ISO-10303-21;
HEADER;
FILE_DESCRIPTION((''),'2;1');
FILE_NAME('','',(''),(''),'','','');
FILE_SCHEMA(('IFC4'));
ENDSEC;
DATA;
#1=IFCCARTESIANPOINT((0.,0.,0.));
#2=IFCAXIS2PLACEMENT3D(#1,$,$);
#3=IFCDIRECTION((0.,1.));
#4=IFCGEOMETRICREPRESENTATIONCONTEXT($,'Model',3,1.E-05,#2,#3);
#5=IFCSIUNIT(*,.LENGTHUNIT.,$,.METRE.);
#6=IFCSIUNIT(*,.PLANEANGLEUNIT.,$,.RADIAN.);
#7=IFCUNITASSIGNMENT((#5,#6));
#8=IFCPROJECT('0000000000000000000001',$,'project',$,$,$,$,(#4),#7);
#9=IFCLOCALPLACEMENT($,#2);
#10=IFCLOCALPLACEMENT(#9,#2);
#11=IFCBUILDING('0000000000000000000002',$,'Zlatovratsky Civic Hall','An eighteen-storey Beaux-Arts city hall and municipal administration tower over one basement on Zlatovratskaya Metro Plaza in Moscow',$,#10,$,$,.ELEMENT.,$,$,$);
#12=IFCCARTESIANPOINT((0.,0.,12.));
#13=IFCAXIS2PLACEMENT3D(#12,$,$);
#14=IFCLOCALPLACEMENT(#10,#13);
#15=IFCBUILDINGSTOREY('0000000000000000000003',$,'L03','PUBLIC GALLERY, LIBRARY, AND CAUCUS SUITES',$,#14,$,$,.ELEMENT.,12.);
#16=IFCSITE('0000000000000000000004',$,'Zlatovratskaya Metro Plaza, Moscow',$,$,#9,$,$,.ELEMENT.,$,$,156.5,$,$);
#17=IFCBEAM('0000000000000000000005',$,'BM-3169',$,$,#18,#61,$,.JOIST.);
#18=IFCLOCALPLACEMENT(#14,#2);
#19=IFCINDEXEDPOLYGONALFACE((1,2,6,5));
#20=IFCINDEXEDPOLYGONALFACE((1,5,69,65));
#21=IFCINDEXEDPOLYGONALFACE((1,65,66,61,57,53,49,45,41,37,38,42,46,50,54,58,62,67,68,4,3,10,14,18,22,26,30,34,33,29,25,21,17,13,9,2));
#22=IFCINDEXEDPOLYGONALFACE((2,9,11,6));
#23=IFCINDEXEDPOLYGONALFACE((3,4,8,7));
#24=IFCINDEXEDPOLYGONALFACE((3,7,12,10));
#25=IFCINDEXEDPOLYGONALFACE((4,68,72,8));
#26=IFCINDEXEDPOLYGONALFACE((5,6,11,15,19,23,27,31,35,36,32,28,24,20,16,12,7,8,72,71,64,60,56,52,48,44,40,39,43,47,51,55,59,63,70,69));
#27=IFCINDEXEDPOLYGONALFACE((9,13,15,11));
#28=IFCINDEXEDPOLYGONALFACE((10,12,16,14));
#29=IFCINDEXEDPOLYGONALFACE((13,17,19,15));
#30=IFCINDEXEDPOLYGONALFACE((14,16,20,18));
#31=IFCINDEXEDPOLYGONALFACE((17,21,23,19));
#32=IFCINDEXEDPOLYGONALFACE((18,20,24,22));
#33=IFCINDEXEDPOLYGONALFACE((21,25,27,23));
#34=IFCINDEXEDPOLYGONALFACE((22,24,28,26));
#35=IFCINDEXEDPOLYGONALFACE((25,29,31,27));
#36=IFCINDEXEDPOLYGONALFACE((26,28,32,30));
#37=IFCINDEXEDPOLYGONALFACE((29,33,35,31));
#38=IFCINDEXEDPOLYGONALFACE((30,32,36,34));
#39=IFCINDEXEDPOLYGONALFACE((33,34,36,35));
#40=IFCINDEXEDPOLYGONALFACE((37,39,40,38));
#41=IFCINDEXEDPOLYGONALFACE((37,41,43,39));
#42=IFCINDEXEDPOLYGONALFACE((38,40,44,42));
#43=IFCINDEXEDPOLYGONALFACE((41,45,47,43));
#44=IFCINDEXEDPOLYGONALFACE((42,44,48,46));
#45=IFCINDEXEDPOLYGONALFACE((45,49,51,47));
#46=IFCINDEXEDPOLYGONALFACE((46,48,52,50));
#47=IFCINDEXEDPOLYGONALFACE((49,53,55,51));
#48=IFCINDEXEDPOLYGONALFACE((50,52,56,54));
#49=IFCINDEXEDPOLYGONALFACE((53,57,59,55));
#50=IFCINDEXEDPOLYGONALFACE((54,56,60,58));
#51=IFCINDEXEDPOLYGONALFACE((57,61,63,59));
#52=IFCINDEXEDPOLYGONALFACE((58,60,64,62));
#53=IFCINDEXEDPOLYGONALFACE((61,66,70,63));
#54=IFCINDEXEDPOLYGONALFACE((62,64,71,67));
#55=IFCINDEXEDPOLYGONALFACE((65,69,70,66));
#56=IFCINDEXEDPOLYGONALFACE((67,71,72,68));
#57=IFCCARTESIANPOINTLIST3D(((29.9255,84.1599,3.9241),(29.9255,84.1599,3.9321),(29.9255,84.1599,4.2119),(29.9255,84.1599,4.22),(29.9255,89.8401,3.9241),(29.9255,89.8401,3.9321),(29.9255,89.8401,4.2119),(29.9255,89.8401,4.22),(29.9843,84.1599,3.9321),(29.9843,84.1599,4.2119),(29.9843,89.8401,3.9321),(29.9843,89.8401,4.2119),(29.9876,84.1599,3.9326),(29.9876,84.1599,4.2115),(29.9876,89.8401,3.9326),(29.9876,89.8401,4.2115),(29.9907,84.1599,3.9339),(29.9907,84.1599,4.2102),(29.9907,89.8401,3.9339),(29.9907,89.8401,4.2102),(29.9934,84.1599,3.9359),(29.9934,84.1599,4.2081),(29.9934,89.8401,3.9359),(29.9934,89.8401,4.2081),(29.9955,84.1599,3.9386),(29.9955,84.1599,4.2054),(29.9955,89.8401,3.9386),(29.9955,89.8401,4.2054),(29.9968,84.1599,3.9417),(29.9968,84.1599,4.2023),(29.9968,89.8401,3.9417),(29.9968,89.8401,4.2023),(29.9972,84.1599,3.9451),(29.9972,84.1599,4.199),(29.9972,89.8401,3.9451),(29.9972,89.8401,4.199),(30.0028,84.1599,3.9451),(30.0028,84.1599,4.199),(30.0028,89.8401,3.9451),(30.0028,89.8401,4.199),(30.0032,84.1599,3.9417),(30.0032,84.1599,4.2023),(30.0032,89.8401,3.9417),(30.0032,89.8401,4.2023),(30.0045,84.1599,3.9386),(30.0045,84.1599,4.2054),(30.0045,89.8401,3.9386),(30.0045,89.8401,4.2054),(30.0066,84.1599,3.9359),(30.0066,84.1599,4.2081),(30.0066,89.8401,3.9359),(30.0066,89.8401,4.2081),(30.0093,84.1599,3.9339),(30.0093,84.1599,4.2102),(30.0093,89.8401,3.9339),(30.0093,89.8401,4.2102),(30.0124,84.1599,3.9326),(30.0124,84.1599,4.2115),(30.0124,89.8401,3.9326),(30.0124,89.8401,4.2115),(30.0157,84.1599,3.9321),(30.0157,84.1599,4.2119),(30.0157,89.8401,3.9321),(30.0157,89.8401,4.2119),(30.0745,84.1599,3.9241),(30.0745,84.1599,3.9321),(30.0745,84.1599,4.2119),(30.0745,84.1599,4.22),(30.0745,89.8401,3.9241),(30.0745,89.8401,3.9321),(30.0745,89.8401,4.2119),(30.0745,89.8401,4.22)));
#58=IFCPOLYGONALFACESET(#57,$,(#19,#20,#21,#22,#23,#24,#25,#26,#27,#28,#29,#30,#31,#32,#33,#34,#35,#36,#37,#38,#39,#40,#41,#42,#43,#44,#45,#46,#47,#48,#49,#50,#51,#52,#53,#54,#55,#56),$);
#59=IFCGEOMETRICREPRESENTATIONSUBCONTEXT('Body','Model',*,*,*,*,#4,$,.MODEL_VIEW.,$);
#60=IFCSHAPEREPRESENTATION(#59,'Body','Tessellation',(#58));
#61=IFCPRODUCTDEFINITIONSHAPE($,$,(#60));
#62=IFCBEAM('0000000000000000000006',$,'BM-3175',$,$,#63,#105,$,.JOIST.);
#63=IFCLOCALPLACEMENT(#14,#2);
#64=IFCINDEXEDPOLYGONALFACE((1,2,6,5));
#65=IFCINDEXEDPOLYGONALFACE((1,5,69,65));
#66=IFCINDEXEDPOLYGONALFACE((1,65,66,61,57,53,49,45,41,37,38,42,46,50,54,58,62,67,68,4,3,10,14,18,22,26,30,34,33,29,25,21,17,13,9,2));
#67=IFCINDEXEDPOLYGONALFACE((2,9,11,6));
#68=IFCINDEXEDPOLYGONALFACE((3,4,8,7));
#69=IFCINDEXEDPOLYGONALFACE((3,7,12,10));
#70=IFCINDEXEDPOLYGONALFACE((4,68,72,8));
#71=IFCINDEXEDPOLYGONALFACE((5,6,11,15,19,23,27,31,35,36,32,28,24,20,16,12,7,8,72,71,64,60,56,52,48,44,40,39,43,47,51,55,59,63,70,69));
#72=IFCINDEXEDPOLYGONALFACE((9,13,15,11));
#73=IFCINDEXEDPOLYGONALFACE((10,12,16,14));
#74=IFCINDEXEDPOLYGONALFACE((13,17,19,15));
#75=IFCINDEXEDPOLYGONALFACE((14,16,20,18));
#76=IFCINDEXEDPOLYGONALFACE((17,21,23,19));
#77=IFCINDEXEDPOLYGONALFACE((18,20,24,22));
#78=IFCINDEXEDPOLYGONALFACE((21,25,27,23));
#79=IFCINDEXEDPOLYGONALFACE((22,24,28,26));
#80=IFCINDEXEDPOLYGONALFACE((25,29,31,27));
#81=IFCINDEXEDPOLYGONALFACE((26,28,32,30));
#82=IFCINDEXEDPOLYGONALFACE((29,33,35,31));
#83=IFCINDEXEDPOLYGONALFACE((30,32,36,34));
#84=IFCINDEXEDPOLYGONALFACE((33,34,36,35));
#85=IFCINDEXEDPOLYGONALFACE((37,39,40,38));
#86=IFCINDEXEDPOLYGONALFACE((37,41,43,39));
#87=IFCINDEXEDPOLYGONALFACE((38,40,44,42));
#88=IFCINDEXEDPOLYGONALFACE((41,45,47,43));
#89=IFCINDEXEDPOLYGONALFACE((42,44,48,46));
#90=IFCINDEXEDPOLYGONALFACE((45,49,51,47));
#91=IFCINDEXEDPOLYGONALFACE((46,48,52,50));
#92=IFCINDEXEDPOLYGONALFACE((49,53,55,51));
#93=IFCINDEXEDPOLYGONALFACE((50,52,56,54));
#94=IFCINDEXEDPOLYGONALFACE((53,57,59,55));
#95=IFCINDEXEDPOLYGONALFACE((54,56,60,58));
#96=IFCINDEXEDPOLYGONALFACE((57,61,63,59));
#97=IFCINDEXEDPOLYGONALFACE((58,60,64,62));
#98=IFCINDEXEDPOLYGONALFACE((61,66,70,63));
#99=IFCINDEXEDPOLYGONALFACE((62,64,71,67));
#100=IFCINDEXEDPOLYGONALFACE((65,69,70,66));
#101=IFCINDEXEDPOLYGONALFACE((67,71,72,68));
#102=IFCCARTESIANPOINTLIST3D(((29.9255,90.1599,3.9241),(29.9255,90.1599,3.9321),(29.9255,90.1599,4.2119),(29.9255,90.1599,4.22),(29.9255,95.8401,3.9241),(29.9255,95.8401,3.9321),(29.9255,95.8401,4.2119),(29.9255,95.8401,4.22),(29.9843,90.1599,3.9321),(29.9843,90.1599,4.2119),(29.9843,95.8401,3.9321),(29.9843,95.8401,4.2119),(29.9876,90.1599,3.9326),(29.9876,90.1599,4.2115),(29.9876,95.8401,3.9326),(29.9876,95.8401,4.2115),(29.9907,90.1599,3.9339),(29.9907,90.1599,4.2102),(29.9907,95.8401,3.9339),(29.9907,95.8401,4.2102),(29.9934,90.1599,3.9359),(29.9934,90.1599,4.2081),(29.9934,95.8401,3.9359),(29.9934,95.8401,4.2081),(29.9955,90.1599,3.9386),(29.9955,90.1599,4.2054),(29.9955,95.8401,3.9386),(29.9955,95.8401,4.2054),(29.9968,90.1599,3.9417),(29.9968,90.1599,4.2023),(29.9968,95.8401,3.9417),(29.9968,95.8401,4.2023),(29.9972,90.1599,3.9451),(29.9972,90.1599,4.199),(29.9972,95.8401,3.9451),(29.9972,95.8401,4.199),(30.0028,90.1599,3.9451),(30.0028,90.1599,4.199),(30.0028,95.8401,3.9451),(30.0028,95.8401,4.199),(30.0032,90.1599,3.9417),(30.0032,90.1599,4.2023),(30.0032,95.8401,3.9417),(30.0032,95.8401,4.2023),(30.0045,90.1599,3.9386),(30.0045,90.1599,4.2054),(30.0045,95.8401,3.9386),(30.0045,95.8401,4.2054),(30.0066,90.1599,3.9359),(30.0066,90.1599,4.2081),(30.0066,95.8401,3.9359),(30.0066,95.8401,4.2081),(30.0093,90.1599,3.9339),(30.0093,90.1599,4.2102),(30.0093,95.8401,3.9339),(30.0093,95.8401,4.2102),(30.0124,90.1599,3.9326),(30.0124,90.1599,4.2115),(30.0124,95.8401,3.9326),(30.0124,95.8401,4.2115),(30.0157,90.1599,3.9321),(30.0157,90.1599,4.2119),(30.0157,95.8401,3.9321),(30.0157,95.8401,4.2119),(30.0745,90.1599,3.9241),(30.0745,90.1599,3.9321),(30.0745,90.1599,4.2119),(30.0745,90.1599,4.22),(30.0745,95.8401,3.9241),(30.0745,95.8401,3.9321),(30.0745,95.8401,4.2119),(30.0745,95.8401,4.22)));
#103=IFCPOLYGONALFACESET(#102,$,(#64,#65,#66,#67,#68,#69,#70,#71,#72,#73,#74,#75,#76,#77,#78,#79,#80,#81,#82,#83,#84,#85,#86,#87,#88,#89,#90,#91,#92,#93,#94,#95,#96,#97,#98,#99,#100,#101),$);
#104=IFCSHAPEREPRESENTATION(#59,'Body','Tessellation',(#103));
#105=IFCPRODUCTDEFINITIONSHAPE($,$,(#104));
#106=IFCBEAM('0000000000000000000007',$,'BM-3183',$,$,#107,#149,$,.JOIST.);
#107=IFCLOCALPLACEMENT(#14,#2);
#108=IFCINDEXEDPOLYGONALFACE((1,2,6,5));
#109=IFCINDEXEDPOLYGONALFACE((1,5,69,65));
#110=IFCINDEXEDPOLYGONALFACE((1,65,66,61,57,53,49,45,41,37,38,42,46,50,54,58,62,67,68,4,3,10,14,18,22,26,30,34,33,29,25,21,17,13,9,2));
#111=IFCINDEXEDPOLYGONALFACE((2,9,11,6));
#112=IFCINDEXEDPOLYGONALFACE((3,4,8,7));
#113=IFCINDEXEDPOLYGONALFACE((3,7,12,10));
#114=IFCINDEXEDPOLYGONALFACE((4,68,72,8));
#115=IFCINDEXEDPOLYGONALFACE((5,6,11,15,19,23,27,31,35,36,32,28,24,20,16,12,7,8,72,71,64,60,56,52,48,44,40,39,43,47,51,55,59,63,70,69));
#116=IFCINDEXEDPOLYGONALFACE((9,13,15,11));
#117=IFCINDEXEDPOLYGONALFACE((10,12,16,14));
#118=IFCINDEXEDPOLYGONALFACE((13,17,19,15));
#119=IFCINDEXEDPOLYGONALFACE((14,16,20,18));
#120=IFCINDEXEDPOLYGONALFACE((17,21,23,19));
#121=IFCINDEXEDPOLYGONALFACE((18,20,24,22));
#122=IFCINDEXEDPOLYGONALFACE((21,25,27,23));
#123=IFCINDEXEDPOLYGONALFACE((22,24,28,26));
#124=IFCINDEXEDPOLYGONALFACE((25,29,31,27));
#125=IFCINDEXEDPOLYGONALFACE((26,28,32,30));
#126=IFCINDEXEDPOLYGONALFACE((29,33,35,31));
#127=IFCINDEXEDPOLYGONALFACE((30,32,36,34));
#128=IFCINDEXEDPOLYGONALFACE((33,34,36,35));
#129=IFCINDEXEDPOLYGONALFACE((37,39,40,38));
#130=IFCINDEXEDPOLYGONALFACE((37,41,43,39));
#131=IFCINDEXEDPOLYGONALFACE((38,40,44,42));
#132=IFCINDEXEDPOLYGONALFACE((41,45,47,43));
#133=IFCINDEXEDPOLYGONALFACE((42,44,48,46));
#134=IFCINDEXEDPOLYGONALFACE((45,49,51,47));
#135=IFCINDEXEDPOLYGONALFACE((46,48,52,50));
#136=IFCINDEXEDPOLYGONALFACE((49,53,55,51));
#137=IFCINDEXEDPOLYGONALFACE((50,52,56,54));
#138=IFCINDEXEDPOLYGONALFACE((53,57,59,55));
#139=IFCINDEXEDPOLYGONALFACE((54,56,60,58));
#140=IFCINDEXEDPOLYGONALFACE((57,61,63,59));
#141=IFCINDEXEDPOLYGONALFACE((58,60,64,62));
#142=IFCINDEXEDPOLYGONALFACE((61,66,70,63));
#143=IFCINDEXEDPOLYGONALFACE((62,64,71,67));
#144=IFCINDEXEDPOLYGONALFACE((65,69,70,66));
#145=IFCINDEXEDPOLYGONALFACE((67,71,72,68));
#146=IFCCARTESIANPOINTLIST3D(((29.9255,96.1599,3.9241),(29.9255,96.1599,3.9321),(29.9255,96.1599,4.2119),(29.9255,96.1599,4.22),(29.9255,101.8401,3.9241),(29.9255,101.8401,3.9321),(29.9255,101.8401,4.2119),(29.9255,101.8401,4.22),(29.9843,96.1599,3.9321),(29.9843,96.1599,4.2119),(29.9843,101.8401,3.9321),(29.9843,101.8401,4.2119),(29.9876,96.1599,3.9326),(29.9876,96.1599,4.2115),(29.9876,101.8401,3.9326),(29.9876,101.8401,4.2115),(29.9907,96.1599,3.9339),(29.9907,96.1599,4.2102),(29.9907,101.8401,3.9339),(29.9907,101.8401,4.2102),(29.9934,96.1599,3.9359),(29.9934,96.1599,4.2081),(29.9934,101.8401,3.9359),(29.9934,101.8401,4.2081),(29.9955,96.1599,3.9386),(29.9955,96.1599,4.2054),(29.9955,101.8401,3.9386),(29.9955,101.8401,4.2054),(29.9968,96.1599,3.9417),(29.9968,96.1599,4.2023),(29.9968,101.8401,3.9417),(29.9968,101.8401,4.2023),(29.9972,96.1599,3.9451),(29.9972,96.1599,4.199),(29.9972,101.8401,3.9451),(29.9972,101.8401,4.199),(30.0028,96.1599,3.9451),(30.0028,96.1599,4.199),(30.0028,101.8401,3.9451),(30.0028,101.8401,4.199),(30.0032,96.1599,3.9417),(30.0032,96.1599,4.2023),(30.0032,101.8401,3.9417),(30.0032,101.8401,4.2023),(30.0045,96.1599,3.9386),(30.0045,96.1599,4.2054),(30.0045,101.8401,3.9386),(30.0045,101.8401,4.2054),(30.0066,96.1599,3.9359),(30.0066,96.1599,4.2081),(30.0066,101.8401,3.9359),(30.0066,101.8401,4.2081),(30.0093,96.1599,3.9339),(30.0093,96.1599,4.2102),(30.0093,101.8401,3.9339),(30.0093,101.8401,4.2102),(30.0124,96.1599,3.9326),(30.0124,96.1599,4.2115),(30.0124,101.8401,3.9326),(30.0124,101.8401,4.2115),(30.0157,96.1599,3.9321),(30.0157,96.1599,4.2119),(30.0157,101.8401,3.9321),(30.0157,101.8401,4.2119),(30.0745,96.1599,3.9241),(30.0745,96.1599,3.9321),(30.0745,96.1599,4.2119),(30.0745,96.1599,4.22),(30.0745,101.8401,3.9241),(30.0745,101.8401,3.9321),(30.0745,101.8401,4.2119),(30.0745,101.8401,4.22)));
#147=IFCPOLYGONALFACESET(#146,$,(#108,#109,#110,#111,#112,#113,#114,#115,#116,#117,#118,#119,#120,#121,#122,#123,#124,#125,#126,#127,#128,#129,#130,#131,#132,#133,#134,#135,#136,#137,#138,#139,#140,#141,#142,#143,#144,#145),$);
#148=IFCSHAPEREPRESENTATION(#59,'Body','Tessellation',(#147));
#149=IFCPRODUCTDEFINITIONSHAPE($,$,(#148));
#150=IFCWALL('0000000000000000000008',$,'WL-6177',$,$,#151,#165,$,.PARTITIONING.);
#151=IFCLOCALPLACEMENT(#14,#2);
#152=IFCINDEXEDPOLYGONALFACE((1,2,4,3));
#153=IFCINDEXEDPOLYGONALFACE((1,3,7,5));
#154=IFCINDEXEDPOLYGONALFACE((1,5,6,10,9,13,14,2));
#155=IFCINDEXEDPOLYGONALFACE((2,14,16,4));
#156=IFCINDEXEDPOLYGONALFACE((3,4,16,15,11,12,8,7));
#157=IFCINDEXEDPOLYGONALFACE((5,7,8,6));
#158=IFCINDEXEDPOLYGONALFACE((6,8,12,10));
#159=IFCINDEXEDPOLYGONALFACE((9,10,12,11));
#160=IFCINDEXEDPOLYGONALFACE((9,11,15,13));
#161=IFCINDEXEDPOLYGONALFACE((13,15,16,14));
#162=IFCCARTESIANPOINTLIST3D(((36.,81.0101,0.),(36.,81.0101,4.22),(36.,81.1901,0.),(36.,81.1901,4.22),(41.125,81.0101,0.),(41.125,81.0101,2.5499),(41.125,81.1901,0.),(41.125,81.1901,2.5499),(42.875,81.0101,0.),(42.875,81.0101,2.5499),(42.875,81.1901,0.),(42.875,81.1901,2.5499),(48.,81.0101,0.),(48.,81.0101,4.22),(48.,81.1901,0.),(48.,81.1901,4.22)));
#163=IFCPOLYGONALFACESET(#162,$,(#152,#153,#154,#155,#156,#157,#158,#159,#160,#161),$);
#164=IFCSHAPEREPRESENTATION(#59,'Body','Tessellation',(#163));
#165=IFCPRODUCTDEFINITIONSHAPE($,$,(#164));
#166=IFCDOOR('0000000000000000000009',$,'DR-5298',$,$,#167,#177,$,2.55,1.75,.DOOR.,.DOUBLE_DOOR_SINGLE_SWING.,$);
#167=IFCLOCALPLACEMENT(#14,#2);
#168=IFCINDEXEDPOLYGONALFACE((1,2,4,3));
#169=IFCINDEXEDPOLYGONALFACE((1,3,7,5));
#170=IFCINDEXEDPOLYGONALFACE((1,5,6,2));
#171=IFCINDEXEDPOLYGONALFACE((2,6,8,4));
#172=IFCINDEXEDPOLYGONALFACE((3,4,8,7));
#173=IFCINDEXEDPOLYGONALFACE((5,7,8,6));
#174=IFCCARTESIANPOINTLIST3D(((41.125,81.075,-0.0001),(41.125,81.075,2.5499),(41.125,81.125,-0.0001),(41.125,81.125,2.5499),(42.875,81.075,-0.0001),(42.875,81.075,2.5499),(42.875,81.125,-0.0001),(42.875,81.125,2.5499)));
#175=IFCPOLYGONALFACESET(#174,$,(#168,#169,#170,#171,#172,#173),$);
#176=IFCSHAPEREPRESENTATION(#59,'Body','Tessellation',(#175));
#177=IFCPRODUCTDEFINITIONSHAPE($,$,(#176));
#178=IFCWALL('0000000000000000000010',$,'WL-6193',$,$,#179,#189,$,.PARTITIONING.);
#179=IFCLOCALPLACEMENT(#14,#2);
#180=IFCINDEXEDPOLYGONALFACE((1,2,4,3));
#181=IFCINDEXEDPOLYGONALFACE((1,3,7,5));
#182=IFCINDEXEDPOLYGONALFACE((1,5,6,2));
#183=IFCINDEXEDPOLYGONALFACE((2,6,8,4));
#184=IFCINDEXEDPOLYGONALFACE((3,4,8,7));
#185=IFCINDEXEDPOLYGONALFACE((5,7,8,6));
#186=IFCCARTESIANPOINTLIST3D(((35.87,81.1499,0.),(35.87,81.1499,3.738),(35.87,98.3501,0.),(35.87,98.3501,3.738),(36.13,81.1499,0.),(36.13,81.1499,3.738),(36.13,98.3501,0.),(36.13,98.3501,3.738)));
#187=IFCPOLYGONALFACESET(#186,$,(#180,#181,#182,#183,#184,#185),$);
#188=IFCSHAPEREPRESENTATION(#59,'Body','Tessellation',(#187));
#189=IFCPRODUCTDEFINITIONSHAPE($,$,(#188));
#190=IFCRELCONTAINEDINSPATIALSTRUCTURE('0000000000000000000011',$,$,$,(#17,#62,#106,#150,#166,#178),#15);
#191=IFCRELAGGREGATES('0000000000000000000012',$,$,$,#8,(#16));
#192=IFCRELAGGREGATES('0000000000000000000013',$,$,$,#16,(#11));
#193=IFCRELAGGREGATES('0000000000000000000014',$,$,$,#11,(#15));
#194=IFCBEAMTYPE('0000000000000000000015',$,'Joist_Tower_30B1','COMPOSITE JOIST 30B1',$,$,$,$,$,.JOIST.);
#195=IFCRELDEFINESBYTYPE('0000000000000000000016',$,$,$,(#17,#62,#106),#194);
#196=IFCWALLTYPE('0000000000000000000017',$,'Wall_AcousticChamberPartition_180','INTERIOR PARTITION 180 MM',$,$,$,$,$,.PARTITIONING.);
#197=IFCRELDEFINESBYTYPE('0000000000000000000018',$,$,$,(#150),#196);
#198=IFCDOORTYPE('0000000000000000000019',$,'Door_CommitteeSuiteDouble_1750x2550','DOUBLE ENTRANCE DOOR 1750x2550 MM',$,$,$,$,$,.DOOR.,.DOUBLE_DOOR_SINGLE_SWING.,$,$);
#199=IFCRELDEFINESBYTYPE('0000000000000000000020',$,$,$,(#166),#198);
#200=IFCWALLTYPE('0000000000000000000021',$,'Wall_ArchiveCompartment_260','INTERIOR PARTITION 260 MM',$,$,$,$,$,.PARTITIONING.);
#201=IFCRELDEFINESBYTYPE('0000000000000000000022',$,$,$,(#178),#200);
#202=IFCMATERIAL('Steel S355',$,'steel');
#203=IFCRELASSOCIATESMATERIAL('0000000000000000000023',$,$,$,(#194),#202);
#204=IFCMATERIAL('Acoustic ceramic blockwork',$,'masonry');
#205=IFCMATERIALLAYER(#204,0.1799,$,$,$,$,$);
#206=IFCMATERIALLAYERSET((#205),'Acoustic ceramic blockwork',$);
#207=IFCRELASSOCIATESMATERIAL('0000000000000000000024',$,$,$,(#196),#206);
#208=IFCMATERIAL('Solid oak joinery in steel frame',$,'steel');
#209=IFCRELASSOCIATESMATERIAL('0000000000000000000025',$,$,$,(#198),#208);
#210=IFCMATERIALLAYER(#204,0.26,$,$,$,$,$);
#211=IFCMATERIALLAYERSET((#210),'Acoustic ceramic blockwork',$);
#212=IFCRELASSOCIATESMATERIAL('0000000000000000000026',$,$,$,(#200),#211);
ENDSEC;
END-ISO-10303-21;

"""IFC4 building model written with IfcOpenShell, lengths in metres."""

from ifc_helpers import new_model, si_unit, direction, frame, frame_2d, origin, origin_2d, place, context, subcontext, project, spatial, rectangle, i_section, extrude, material, layer, layer_set, material_profile, profile_set, type_object, element, fill, save


model = new_model("IFC4")

# Units and contexts
model_context = context("Model", 3, precision=1e-05, world=origin(), true_north=direction((0.0, 1.0)))
body_context = subcontext(model_context, "Body", "Model", "MODEL_VIEW")
ifc_project = project(units=[si_unit("LENGTHUNIT", "METRE"), si_unit("PLANEANGLEUNIT", "RADIAN")], contexts=[model_context])

# Site, building, storey
site_placement = place(None, origin())
site = spatial("IfcSite", under=ifc_project, at=site_placement, Name="Zlatovratskaya Metro Plaza, Moscow", CompositionType="ELEMENT", RefElevation=156.5)
building_placement = place(site_placement, origin())
building = spatial("IfcBuilding", under=site, at=building_placement, Name="Zlatovratsky Civic Hall", Description="An eighteen-storey Beaux-Arts city hall and municipal administration tower over one basement on Zlatovratskaya Metro Plaza in Moscow", CompositionType="ELEMENT")
storey_placement = place(building_placement, frame((0.0, 0.0, 12.0)))
storey = spatial("IfcBuildingStorey", under=building, at=storey_placement, Name="L03", Description="PUBLIC GALLERY, LIBRARY, AND CAUCUS SUITES", CompositionType="ELEMENT", Elevation=12.0)

# Shared definitions
ifc_material_1 = material(Name="Steel S355", Category="steel")

# Beams
ifc_material_profile_1 = material_profile(ifc_material_1, i_section(OverallWidth=0.1489, OverallDepth=0.2959, WebThickness=0.0056, FlangeThickness=0.0081, FilletRadius=0.0129, at=origin_2d()), Name="30B1")
ifc_profile_set_1 = profile_set([ifc_material_profile_1], Name="Steel S355")
beam_type_1 = type_object("IfcBeamType", Name="Joist_Tower_30B1", Description="COMPOSITE JOIST 30B1", PredefinedType="JOIST", material=ifc_profile_set_1)
for number, where, z_axis, x_axis, name in (
    (1, (30.0, 84.1599, 4.072), (0.0, 1.0, 0.0), (-1.0, 0.0, 0.0), "BM-3169"),
    (2, (30.0, 90.1599, 4.072), (0.0, 1.0, 0.0), (-1.0, 0.0, 0.0), "BM-3175"),
    (3, (30.0, 96.1599, 4.072), (0.0, 1.0, 0.0), (-1.0, 0.0, 0.0), "BM-3183"),
):
    element("IfcBeam", number, at=place(storey_placement, frame(where, z_axis=z_axis, x_axis=x_axis)), inside=storey, type_object=beam_type_1, Name=name, PredefinedType="JOIST", context=body_context, shape_type="SweptSolid", body=[
        extrude(i_section(OverallWidth=0.1489, OverallDepth=0.2959, WebThickness=0.0056, FlangeThickness=0.0081, FilletRadius=0.0129, at=origin_2d()), origin(), (0.0, 0.0, 1.0), 5.6802),
    ])

# Wall, opening, door
ifc_material_2 = material(Name="Acoustic ceramic blockwork", Category="masonry")
ifc_layer_1 = layer(ifc_material_2, 0.1799)
ifc_layer_set_1 = layer_set([ifc_layer_1], Name="Acoustic ceramic blockwork")
wall_type_1 = type_object("IfcWallType", Name="Wall_AcousticChamberPartition_180", Description="INTERIOR PARTITION 180 MM", PredefinedType="PARTITIONING", material=ifc_layer_set_1)
wall_1_placement = place(storey_placement, frame((36.0, 81.1001, 0.0), z_axis=(0.0, 0.0, 1.0), x_axis=(1.0, 0.0, 0.0)))
wall_1 = element("IfcWall", 4, at=wall_1_placement, inside=storey, type_object=wall_type_1, Name="WL-6177", PredefinedType="PARTITIONING", context=body_context, shape_type="SweptSolid", body=[
    extrude(rectangle(XDim=12.0, YDim=0.1799, at=frame_2d((6.0, 0.0))), origin(), (0.0, 0.0, 1.0), 4.22),
])
opening_placement = place(wall_1_placement, frame((5.125, 0.0, 0.0)))
opening = element("IfcOpeningElement", 5, at=opening_placement, cuts=wall_1, PredefinedType="OPENING", context=body_context, shape_type="SweptSolid", body=[
    extrude(rectangle(XDim=1.75, YDim=2.55, at=frame_2d((0.875, 1.2749))), frame((0.0, 0.105, 0.0), z_axis=(0.0, -1.0, 0.0), x_axis=(1.0, 0.0, 0.0)), (0.0, 0.0, 1.0), 0.2097),
])
ifc_material_3 = material(Name="Solid oak joinery in steel frame", Category="steel")
door_type = type_object("IfcDoorType", Name="Door_CommitteeSuiteDouble_1750x2550", Description="DOUBLE ENTRANCE DOOR 1750x2550 MM", OperationType="DOUBLE_DOOR_SINGLE_SWING", PredefinedType="DOOR", material=ifc_material_3)
door_placement = place(opening_placement, origin())
door = element("IfcDoor", 6, at=door_placement, inside=storey, type_object=door_type, Name="DR-5298", OperationType="DOUBLE_DOOR_SINGLE_SWING", OverallHeight=2.55, OverallWidth=1.75, PredefinedType="DOOR", context=body_context, shape_type="SweptSolid", body=[
    extrude(rectangle(XDim=1.75, YDim=2.55, at=frame_2d((0.875, 1.2749))), frame((0.0, 0.0249, 0.0), z_axis=(0.0, -1.0, 0.0), x_axis=(1.0, 0.0, 0.0)), (0.0, 0.0, 1.0), 0.05),
])
fill(opening, door)

# Wall
ifc_layer_2 = layer(ifc_material_2, 0.26)
ifc_layer_set_2 = layer_set([ifc_layer_2], Name="Acoustic ceramic blockwork")
wall_type_2 = type_object("IfcWallType", Name="Wall_ArchiveCompartment_260", Description="INTERIOR PARTITION 260 MM", PredefinedType="PARTITIONING", material=ifc_layer_set_2)
wall_2_placement = place(storey_placement, frame((36.0, 81.1499, 0.0), z_axis=(0.0, 0.0, 1.0), x_axis=(0.0, 1.0, 0.0)))
element("IfcWall", 7, at=wall_2_placement, inside=storey, type_object=wall_type_2, Name="WL-6193", PredefinedType="PARTITIONING", context=body_context, shape_type="SweptSolid", body=[
    extrude(rectangle(XDim=17.2002, YDim=0.26, at=frame_2d((8.6001, 0.0))), origin(), (0.0, 0.0, 1.0), 3.738),
])

save(model, "model.ifc")
